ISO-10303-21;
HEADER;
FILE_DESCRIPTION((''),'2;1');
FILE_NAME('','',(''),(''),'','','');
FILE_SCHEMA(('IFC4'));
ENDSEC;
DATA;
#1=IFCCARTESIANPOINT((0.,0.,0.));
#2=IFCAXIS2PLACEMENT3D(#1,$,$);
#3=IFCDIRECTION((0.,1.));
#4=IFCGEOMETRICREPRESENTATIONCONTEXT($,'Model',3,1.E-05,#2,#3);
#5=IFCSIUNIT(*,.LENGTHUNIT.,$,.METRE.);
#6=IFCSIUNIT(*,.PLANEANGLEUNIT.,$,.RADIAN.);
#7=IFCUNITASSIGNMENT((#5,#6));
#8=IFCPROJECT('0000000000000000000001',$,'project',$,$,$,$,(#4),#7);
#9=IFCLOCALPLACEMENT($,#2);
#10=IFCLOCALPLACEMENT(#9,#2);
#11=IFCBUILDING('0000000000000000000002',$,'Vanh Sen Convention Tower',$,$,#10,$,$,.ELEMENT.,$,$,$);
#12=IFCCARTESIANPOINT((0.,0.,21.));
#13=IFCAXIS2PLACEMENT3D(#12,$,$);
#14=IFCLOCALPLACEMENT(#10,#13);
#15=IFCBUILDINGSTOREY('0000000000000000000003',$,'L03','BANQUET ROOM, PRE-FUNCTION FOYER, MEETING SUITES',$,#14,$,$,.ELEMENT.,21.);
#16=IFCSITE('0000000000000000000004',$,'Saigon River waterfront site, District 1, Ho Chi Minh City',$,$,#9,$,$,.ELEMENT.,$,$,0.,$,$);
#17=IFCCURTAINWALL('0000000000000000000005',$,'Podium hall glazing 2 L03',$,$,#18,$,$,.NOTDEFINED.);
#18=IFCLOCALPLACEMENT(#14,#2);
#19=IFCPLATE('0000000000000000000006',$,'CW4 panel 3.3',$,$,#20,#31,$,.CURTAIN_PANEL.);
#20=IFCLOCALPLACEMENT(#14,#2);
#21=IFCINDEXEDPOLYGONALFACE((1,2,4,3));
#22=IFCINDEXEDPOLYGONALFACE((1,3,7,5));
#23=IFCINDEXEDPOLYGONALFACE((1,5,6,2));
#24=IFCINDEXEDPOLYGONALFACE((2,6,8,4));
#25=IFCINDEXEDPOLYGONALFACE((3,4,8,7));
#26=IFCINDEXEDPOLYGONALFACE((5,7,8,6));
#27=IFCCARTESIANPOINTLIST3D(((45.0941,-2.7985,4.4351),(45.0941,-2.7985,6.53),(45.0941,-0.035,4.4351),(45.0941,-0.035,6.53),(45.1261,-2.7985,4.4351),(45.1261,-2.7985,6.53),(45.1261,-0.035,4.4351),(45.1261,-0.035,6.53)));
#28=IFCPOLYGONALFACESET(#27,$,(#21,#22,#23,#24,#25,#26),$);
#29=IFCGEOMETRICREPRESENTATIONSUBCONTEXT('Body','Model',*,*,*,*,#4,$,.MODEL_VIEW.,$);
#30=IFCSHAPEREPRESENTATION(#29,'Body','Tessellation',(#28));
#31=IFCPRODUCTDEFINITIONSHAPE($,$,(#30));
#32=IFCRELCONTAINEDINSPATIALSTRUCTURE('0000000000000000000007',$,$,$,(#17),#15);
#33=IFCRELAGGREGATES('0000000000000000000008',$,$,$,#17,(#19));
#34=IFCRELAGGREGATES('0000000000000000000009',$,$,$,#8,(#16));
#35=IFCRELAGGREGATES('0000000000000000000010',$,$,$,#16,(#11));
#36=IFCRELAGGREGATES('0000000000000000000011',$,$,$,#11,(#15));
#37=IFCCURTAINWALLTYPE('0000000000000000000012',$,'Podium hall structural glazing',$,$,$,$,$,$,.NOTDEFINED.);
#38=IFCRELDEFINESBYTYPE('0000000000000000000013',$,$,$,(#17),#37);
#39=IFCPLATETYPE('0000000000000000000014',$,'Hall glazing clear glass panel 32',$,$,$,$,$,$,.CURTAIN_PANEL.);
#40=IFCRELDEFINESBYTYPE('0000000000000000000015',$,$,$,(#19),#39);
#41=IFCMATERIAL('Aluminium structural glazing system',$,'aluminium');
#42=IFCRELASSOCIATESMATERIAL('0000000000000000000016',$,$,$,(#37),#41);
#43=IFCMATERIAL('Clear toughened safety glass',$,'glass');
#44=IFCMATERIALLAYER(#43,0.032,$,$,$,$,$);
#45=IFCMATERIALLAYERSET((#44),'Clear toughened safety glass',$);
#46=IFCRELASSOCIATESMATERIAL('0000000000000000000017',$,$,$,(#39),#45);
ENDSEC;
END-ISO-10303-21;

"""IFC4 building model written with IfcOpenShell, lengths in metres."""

from ifc_helpers import new_model, si_unit, direction, frame, origin, origin_2d, place, context, subcontext, project, spatial, rectangle, extrude, material, layer, layer_set, type_object, element, aggregate, save


model = new_model("IFC4")

# Units and contexts
model_context = context("Model", 3, precision=1e-05, world=origin(), true_north=direction((0.0, 1.0)))
body_context = subcontext(model_context, "Body", "Model", "MODEL_VIEW")
ifc_project = project(units=[si_unit("LENGTHUNIT", "METRE"), si_unit("PLANEANGLEUNIT", "RADIAN")], contexts=[model_context])

# Site, building, storey
site_placement = place(None, origin())
site = spatial("IfcSite", under=ifc_project, at=site_placement, Name="Saigon River waterfront site, District 1, Ho Chi Minh City", CompositionType="ELEMENT", RefElevation=0.0)
building_placement = place(site_placement, origin())
building = spatial("IfcBuilding", under=site, at=building_placement, Name="Vanh Sen Convention Tower", CompositionType="ELEMENT")
storey_placement = place(building_placement, frame((0.0, 0.0, 21.0)))
storey = spatial("IfcBuildingStorey", under=building, at=storey_placement, Name="L03", Description="BANQUET ROOM, PRE-FUNCTION FOYER, MEETING SUITES", CompositionType="ELEMENT", Elevation=21.0)

# Shared definitions
ifc_material_1 = material(Name="Aluminium structural glazing system", Category="aluminium")
curtain_wall_type = type_object("IfcCurtainWallType", Name="Podium hall structural glazing", PredefinedType="NOTDEFINED", material=ifc_material_1)

# Curtain wall
curtain_wall_1_placement = place(storey_placement, origin())
curtain_wall_1 = element("IfcCurtainWall", 1, at=curtain_wall_1_placement, inside=storey, type_object=curtain_wall_type, Name="Podium hall glazing 2 L03", PredefinedType="NOTDEFINED")

# Plate
ifc_material_2 = material(Name="Clear toughened safety glass", Category="glass")
ifc_layer = layer(ifc_material_2, 0.032)
ifc_layer_set = layer_set([ifc_layer], Name="Clear toughened safety glass")
plate_type = type_object("IfcPlateType", Name="Hall glazing clear glass panel 32", PredefinedType="CURTAIN_PANEL", material=ifc_layer_set)
plate_1_placement = place(storey_placement, frame((45.1101, -1.4167, 4.4351), z_axis=(0.0, 0.0, 1.0), x_axis=(0.0, 1.0, 0.0)))
plate_1 = element("IfcPlate", 2, at=plate_1_placement, type_object=plate_type, Name="CW4 panel 3.3", PredefinedType="CURTAIN_PANEL", context=body_context, shape_type="SweptSolid", body=[
    extrude(rectangle(XDim=2.7634, YDim=0.032, at=origin_2d()), origin(), (0.0, 0.0, 1.0), 2.095),
])
aggregate(curtain_wall_1, [plate_1])

save(model, "model.ifc")
